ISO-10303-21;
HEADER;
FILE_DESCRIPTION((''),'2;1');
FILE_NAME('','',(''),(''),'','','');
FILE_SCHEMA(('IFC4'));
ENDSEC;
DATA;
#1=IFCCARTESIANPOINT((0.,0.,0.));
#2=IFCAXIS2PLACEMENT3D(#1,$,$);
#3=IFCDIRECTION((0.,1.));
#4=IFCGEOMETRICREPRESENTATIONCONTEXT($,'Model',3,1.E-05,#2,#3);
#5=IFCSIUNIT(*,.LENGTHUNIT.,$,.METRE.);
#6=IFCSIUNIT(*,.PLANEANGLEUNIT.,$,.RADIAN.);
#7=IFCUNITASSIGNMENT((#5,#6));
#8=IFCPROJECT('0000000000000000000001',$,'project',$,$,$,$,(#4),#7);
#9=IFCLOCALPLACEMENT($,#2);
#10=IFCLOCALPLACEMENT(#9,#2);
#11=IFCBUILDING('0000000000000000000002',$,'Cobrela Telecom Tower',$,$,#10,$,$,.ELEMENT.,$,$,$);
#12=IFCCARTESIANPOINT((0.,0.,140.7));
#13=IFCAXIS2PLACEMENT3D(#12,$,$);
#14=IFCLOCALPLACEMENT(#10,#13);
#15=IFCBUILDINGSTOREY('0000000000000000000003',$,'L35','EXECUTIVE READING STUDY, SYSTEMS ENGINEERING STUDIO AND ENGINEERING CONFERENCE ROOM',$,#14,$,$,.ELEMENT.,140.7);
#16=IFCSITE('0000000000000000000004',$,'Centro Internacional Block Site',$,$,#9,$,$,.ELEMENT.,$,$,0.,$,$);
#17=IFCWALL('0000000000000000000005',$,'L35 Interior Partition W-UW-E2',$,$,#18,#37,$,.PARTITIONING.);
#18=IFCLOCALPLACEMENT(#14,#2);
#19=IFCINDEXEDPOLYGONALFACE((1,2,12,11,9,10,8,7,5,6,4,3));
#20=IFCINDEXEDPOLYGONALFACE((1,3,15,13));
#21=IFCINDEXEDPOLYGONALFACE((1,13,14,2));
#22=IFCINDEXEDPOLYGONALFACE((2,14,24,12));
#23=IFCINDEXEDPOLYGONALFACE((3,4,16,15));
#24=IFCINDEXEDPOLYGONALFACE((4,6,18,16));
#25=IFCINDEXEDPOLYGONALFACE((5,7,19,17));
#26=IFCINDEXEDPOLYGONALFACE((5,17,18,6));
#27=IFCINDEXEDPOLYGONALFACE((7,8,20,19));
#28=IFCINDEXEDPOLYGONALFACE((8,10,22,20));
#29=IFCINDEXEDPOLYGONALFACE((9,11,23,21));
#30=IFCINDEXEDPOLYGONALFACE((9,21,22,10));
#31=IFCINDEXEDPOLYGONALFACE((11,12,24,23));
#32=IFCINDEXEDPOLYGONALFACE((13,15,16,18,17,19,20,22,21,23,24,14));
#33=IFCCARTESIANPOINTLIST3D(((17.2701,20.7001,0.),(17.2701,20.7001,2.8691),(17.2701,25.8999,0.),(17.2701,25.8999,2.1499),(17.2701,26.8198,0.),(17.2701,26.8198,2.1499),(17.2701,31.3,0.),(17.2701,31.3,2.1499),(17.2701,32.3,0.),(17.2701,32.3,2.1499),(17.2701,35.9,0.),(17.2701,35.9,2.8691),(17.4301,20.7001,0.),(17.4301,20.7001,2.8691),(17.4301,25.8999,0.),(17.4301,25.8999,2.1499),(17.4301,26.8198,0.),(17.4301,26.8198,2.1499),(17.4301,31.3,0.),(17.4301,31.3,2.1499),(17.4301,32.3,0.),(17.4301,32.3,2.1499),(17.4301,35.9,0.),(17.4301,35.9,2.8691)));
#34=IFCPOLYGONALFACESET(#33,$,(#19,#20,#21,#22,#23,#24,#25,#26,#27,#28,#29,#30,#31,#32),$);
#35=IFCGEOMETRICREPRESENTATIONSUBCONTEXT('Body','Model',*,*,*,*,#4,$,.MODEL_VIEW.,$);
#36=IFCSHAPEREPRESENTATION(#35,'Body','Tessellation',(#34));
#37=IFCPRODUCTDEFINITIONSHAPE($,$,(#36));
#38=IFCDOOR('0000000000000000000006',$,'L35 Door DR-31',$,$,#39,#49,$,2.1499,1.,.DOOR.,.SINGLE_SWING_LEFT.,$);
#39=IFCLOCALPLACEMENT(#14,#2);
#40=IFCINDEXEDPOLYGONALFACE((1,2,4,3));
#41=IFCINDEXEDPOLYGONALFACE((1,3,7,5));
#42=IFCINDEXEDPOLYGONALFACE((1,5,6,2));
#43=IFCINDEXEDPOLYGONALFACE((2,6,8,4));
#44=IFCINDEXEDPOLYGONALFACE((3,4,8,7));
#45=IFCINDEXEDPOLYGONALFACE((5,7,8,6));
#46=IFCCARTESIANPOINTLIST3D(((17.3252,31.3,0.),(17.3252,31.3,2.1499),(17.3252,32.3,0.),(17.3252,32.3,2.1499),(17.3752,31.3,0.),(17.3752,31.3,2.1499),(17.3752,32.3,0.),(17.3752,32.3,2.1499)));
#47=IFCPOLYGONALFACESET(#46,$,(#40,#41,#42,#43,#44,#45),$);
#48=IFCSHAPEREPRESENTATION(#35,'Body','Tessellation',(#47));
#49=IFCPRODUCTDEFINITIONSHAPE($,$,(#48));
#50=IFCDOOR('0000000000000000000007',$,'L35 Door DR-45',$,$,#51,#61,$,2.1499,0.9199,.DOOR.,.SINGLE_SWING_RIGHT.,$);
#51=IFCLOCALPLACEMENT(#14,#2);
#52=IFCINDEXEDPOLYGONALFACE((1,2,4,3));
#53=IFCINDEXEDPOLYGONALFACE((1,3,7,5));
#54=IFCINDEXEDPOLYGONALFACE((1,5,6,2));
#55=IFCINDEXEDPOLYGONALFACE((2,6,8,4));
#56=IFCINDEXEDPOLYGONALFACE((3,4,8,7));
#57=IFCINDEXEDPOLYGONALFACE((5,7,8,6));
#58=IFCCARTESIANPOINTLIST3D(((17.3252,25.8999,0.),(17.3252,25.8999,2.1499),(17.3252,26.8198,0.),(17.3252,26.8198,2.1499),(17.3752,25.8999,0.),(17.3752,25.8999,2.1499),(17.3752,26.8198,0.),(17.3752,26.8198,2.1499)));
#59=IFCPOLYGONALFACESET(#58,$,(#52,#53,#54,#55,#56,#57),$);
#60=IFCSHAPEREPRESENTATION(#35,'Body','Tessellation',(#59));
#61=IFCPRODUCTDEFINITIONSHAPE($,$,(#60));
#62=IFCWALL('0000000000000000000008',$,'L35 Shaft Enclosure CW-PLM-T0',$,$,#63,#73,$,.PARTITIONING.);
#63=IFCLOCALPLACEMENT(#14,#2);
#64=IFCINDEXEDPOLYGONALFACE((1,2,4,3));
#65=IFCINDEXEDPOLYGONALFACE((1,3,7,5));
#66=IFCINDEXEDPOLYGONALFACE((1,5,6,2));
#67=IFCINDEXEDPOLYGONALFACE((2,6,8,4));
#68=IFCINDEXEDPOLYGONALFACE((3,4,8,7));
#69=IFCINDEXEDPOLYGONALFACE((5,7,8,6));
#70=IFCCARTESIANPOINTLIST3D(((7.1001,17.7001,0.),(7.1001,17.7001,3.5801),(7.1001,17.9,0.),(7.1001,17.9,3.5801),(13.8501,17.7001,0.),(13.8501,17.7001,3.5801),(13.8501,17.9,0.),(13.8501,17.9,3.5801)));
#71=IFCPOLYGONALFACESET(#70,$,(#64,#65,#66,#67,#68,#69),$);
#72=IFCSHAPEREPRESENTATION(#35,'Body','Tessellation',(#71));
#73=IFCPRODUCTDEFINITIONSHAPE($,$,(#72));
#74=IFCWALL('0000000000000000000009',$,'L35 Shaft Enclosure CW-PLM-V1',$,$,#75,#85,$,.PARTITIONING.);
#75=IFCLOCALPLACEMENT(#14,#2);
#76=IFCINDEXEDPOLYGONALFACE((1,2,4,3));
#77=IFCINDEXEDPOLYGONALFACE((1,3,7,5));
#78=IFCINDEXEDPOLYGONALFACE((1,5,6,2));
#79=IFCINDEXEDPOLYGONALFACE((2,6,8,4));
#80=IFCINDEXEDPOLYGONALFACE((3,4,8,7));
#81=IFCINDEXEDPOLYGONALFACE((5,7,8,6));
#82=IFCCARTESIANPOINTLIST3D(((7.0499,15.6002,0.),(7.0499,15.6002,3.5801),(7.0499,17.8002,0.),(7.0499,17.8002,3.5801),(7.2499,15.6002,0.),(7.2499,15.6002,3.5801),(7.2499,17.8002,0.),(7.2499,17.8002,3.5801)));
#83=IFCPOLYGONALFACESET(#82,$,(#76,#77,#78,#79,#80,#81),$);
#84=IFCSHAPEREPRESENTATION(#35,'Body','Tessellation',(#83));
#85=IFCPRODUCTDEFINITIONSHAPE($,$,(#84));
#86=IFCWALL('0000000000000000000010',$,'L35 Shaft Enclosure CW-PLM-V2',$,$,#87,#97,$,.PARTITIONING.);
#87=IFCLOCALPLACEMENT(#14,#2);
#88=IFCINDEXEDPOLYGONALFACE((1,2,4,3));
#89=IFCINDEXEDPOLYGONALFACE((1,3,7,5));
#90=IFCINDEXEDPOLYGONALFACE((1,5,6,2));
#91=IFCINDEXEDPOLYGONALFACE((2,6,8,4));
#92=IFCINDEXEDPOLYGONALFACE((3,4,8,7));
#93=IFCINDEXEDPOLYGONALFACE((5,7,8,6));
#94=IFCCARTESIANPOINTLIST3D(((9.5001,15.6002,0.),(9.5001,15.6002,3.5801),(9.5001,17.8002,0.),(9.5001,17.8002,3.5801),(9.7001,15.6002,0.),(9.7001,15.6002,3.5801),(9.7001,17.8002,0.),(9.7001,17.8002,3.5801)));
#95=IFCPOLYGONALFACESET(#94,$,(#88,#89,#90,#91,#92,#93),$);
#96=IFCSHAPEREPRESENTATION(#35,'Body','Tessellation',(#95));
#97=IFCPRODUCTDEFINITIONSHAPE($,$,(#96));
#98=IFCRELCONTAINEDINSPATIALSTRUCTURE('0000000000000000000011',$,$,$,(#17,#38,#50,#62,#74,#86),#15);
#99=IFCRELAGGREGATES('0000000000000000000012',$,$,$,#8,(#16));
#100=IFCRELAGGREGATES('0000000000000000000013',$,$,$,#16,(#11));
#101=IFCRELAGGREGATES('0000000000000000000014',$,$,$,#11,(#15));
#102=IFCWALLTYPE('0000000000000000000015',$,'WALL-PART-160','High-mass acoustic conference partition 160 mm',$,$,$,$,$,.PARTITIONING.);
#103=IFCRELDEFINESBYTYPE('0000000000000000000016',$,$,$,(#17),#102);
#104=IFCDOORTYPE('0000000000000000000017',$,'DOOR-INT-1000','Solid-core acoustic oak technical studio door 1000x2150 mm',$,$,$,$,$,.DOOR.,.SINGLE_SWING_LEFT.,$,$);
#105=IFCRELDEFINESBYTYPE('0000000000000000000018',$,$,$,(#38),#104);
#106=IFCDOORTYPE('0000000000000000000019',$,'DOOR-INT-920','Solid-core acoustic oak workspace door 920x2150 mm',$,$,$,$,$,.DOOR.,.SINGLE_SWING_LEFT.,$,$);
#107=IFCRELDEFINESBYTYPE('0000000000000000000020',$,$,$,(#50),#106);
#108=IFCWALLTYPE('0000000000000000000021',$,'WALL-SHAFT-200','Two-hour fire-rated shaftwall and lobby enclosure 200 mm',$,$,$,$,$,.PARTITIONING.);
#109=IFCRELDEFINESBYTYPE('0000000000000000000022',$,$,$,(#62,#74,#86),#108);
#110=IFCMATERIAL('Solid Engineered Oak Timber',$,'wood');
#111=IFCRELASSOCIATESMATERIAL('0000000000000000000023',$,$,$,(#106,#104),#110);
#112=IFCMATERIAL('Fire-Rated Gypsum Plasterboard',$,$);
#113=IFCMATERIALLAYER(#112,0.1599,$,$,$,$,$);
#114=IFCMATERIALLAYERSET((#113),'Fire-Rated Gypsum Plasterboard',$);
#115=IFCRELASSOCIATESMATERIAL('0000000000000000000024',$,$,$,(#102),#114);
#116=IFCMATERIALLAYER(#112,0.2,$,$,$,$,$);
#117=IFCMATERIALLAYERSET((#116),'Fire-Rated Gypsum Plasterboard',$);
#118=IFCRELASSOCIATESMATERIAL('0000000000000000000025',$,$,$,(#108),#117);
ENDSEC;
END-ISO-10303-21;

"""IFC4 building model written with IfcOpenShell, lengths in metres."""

from ifc_helpers import new_model, si_unit, direction, frame, frame_2d, origin, place, context, subcontext, project, spatial, rectangle, extrude, material, layer, layer_set, type_object, element, fill, save


model = new_model("IFC4")

# Units and contexts
model_context = context("Model", 3, precision=1e-05, world=origin(), true_north=direction((0.0, 1.0)))
body_context = subcontext(model_context, "Body", "Model", "MODEL_VIEW")
ifc_project = project(units=[si_unit("LENGTHUNIT", "METRE"), si_unit("PLANEANGLEUNIT", "RADIAN")], contexts=[model_context])

# Site, building, storey
site_placement = place(None, origin())
site = spatial("IfcSite", under=ifc_project, at=site_placement, Name="Centro Internacional Block Site", CompositionType="ELEMENT", RefElevation=0.0)
building_placement = place(site_placement, origin())
building = spatial("IfcBuilding", under=site, at=building_placement, Name="Cobrela Telecom Tower", CompositionType="ELEMENT")
storey_placement = place(building_placement, frame((0.0, 0.0, 140.7)))
storey = spatial("IfcBuildingStorey", under=building, at=storey_placement, Name="L35", Description="EXECUTIVE READING STUDY, SYSTEMS ENGINEERING STUDIO AND ENGINEERING CONFERENCE ROOM", CompositionType="ELEMENT", Elevation=140.7)

# Wall, openings, doors
ifc_material_1 = material(Name="Fire-Rated Gypsum Plasterboard")
ifc_material_2 = material(Name="Solid Engineered Oak Timber", Category="wood")
door_type_1 = type_object("IfcDoorType", Name="DOOR-INT-920", Description="Solid-core acoustic oak workspace door 920x2150 mm", OperationType="SINGLE_SWING_LEFT", PredefinedType="DOOR", material=ifc_material_2)
ifc_layer_1 = layer(ifc_material_1, 0.1599)
ifc_layer_set_1 = layer_set([ifc_layer_1], Name="Fire-Rated Gypsum Plasterboard")
wall_type_1 = type_object("IfcWallType", Name="WALL-PART-160", Description="High-mass acoustic conference partition 160 mm", PredefinedType="PARTITIONING", material=ifc_layer_set_1)
wall_1_placement = place(storey_placement, frame((17.3501, 20.7, 0.0), z_axis=(0.0, 0.0, 1.0), x_axis=(0.0, 1.0, 0.0)))
wall_1 = element("IfcWall", 1, at=wall_1_placement, inside=storey, type_object=wall_type_1, Name="L35 Interior Partition W-UW-E2", PredefinedType="PARTITIONING", context=body_context, shape_type="SweptSolid", body=[
    extrude(rectangle(XDim=15.2, YDim=0.1599, at=frame_2d((7.6001, 0.0))), origin(), (0.0, 0.0, 1.0), 2.8691),
])
opening_1_placement = place(wall_1_placement, frame((5.2, 0.0, 0.0)))
opening_1 = element("IfcOpeningElement", 2, at=opening_1_placement, cuts=wall_1, PredefinedType="OPENING", context=body_context, shape_type="SweptSolid", body=[
    extrude(rectangle(XDim=0.9199, YDim=2.1499, at=frame_2d((0.46, 1.075))), frame((0.0, 0.0918, 0.0), z_axis=(0.0, -1.0, 0.0), x_axis=(1.0, 0.0, 0.0)), (0.0, 0.0, 1.0), 0.1838),
])
opening_2_placement = place(wall_1_placement, frame((10.6001, 0.0, 0.0)))
opening_2 = element("IfcOpeningElement", 3, at=opening_2_placement, cuts=wall_1, PredefinedType="OPENING", context=body_context, shape_type="SweptSolid", body=[
    extrude(rectangle(XDim=1.0, YDim=2.1499, at=frame_2d((0.5, 1.075))), frame((0.0, 0.0918, 0.0), z_axis=(0.0, -1.0, 0.0), x_axis=(1.0, 0.0, 0.0)), (0.0, 0.0, 1.0), 0.1838),
])
door_type_2 = type_object("IfcDoorType", Name="DOOR-INT-1000", Description="Solid-core acoustic oak technical studio door 1000x2150 mm", OperationType="SINGLE_SWING_LEFT", PredefinedType="DOOR", material=ifc_material_2)
door_1_placement = place(opening_2_placement, origin())
door_1 = element("IfcDoor", 4, at=door_1_placement, inside=storey, type_object=door_type_2, Name="L35 Door DR-31", OperationType="SINGLE_SWING_LEFT", OverallHeight=2.1499, OverallWidth=1.0, PredefinedType="DOOR", context=body_context, shape_type="SweptSolid", body=[
    extrude(rectangle(XDim=1.0, YDim=2.1499, at=frame_2d((0.5, 1.075))), frame((0.0, 0.0249, 0.0), z_axis=(0.0, -1.0, 0.0), x_axis=(1.0, 0.0, 0.0)), (0.0, 0.0, 1.0), 0.05),
])
fill(opening_2, door_1)
door_2_placement = place(opening_1_placement, origin())
door_2 = element("IfcDoor", 5, at=door_2_placement, inside=storey, type_object=door_type_1, Name="L35 Door DR-45", OperationType="SINGLE_SWING_RIGHT", OverallHeight=2.1499, OverallWidth=0.9199, PredefinedType="DOOR", context=body_context, shape_type="SweptSolid", body=[
    extrude(rectangle(XDim=0.9199, YDim=2.1499, at=frame_2d((0.46, 1.075))), frame((0.0, 0.0249, 0.0), z_axis=(0.0, -1.0, 0.0), x_axis=(1.0, 0.0, 0.0)), (0.0, 0.0, 1.0), 0.05),
])
fill(opening_1, door_2)

# Walls
ifc_layer_2 = layer(ifc_material_1, 0.2)
ifc_layer_set_2 = layer_set([ifc_layer_2], Name="Fire-Rated Gypsum Plasterboard")
wall_type_2 = type_object("IfcWallType", Name="WALL-SHAFT-200", Description="Two-hour fire-rated shaftwall and lobby enclosure 200 mm", PredefinedType="PARTITIONING", material=ifc_layer_set_2)
wall_2_placement = place(storey_placement, frame((7.1001, 17.8, 0.0), z_axis=(0.0, 0.0, 1.0), x_axis=(1.0, 0.0, 0.0)))
element("IfcWall", 6, at=wall_2_placement, inside=storey, type_object=wall_type_2, Name="L35 Shaft Enclosure CW-PLM-T0", PredefinedType="PARTITIONING", context=body_context, shape_type="SweptSolid", body=[
    extrude(rectangle(XDim=6.75, YDim=0.2, at=frame_2d((3.375, 0.0))), origin(), (0.0, 0.0, 1.0), 3.5801),
])
for number, where, z_axis, x_axis, name in (
    (7, (7.1499, 15.6001, 0.0), (0.0, 0.0, 1.0), (0.0, 1.0, 0.0), "L35 Shaft Enclosure CW-PLM-V1"),
    (8, (9.6001, 15.6001, 0.0), (0.0, 0.0, 1.0), (0.0, 1.0, 0.0), "L35 Shaft Enclosure CW-PLM-V2"),
):
    element("IfcWall", number, at=place(storey_placement, frame(where, z_axis=z_axis, x_axis=x_axis)), inside=storey, type_object=wall_type_2, Name=name, PredefinedType="PARTITIONING", context=body_context, shape_type="SweptSolid", body=[
        extrude(rectangle(XDim=2.2, YDim=0.2, at=frame_2d((1.1001, 0.0))), origin(), (0.0, 0.0, 1.0), 3.5801),
    ])

save(model, "model.ifc")
